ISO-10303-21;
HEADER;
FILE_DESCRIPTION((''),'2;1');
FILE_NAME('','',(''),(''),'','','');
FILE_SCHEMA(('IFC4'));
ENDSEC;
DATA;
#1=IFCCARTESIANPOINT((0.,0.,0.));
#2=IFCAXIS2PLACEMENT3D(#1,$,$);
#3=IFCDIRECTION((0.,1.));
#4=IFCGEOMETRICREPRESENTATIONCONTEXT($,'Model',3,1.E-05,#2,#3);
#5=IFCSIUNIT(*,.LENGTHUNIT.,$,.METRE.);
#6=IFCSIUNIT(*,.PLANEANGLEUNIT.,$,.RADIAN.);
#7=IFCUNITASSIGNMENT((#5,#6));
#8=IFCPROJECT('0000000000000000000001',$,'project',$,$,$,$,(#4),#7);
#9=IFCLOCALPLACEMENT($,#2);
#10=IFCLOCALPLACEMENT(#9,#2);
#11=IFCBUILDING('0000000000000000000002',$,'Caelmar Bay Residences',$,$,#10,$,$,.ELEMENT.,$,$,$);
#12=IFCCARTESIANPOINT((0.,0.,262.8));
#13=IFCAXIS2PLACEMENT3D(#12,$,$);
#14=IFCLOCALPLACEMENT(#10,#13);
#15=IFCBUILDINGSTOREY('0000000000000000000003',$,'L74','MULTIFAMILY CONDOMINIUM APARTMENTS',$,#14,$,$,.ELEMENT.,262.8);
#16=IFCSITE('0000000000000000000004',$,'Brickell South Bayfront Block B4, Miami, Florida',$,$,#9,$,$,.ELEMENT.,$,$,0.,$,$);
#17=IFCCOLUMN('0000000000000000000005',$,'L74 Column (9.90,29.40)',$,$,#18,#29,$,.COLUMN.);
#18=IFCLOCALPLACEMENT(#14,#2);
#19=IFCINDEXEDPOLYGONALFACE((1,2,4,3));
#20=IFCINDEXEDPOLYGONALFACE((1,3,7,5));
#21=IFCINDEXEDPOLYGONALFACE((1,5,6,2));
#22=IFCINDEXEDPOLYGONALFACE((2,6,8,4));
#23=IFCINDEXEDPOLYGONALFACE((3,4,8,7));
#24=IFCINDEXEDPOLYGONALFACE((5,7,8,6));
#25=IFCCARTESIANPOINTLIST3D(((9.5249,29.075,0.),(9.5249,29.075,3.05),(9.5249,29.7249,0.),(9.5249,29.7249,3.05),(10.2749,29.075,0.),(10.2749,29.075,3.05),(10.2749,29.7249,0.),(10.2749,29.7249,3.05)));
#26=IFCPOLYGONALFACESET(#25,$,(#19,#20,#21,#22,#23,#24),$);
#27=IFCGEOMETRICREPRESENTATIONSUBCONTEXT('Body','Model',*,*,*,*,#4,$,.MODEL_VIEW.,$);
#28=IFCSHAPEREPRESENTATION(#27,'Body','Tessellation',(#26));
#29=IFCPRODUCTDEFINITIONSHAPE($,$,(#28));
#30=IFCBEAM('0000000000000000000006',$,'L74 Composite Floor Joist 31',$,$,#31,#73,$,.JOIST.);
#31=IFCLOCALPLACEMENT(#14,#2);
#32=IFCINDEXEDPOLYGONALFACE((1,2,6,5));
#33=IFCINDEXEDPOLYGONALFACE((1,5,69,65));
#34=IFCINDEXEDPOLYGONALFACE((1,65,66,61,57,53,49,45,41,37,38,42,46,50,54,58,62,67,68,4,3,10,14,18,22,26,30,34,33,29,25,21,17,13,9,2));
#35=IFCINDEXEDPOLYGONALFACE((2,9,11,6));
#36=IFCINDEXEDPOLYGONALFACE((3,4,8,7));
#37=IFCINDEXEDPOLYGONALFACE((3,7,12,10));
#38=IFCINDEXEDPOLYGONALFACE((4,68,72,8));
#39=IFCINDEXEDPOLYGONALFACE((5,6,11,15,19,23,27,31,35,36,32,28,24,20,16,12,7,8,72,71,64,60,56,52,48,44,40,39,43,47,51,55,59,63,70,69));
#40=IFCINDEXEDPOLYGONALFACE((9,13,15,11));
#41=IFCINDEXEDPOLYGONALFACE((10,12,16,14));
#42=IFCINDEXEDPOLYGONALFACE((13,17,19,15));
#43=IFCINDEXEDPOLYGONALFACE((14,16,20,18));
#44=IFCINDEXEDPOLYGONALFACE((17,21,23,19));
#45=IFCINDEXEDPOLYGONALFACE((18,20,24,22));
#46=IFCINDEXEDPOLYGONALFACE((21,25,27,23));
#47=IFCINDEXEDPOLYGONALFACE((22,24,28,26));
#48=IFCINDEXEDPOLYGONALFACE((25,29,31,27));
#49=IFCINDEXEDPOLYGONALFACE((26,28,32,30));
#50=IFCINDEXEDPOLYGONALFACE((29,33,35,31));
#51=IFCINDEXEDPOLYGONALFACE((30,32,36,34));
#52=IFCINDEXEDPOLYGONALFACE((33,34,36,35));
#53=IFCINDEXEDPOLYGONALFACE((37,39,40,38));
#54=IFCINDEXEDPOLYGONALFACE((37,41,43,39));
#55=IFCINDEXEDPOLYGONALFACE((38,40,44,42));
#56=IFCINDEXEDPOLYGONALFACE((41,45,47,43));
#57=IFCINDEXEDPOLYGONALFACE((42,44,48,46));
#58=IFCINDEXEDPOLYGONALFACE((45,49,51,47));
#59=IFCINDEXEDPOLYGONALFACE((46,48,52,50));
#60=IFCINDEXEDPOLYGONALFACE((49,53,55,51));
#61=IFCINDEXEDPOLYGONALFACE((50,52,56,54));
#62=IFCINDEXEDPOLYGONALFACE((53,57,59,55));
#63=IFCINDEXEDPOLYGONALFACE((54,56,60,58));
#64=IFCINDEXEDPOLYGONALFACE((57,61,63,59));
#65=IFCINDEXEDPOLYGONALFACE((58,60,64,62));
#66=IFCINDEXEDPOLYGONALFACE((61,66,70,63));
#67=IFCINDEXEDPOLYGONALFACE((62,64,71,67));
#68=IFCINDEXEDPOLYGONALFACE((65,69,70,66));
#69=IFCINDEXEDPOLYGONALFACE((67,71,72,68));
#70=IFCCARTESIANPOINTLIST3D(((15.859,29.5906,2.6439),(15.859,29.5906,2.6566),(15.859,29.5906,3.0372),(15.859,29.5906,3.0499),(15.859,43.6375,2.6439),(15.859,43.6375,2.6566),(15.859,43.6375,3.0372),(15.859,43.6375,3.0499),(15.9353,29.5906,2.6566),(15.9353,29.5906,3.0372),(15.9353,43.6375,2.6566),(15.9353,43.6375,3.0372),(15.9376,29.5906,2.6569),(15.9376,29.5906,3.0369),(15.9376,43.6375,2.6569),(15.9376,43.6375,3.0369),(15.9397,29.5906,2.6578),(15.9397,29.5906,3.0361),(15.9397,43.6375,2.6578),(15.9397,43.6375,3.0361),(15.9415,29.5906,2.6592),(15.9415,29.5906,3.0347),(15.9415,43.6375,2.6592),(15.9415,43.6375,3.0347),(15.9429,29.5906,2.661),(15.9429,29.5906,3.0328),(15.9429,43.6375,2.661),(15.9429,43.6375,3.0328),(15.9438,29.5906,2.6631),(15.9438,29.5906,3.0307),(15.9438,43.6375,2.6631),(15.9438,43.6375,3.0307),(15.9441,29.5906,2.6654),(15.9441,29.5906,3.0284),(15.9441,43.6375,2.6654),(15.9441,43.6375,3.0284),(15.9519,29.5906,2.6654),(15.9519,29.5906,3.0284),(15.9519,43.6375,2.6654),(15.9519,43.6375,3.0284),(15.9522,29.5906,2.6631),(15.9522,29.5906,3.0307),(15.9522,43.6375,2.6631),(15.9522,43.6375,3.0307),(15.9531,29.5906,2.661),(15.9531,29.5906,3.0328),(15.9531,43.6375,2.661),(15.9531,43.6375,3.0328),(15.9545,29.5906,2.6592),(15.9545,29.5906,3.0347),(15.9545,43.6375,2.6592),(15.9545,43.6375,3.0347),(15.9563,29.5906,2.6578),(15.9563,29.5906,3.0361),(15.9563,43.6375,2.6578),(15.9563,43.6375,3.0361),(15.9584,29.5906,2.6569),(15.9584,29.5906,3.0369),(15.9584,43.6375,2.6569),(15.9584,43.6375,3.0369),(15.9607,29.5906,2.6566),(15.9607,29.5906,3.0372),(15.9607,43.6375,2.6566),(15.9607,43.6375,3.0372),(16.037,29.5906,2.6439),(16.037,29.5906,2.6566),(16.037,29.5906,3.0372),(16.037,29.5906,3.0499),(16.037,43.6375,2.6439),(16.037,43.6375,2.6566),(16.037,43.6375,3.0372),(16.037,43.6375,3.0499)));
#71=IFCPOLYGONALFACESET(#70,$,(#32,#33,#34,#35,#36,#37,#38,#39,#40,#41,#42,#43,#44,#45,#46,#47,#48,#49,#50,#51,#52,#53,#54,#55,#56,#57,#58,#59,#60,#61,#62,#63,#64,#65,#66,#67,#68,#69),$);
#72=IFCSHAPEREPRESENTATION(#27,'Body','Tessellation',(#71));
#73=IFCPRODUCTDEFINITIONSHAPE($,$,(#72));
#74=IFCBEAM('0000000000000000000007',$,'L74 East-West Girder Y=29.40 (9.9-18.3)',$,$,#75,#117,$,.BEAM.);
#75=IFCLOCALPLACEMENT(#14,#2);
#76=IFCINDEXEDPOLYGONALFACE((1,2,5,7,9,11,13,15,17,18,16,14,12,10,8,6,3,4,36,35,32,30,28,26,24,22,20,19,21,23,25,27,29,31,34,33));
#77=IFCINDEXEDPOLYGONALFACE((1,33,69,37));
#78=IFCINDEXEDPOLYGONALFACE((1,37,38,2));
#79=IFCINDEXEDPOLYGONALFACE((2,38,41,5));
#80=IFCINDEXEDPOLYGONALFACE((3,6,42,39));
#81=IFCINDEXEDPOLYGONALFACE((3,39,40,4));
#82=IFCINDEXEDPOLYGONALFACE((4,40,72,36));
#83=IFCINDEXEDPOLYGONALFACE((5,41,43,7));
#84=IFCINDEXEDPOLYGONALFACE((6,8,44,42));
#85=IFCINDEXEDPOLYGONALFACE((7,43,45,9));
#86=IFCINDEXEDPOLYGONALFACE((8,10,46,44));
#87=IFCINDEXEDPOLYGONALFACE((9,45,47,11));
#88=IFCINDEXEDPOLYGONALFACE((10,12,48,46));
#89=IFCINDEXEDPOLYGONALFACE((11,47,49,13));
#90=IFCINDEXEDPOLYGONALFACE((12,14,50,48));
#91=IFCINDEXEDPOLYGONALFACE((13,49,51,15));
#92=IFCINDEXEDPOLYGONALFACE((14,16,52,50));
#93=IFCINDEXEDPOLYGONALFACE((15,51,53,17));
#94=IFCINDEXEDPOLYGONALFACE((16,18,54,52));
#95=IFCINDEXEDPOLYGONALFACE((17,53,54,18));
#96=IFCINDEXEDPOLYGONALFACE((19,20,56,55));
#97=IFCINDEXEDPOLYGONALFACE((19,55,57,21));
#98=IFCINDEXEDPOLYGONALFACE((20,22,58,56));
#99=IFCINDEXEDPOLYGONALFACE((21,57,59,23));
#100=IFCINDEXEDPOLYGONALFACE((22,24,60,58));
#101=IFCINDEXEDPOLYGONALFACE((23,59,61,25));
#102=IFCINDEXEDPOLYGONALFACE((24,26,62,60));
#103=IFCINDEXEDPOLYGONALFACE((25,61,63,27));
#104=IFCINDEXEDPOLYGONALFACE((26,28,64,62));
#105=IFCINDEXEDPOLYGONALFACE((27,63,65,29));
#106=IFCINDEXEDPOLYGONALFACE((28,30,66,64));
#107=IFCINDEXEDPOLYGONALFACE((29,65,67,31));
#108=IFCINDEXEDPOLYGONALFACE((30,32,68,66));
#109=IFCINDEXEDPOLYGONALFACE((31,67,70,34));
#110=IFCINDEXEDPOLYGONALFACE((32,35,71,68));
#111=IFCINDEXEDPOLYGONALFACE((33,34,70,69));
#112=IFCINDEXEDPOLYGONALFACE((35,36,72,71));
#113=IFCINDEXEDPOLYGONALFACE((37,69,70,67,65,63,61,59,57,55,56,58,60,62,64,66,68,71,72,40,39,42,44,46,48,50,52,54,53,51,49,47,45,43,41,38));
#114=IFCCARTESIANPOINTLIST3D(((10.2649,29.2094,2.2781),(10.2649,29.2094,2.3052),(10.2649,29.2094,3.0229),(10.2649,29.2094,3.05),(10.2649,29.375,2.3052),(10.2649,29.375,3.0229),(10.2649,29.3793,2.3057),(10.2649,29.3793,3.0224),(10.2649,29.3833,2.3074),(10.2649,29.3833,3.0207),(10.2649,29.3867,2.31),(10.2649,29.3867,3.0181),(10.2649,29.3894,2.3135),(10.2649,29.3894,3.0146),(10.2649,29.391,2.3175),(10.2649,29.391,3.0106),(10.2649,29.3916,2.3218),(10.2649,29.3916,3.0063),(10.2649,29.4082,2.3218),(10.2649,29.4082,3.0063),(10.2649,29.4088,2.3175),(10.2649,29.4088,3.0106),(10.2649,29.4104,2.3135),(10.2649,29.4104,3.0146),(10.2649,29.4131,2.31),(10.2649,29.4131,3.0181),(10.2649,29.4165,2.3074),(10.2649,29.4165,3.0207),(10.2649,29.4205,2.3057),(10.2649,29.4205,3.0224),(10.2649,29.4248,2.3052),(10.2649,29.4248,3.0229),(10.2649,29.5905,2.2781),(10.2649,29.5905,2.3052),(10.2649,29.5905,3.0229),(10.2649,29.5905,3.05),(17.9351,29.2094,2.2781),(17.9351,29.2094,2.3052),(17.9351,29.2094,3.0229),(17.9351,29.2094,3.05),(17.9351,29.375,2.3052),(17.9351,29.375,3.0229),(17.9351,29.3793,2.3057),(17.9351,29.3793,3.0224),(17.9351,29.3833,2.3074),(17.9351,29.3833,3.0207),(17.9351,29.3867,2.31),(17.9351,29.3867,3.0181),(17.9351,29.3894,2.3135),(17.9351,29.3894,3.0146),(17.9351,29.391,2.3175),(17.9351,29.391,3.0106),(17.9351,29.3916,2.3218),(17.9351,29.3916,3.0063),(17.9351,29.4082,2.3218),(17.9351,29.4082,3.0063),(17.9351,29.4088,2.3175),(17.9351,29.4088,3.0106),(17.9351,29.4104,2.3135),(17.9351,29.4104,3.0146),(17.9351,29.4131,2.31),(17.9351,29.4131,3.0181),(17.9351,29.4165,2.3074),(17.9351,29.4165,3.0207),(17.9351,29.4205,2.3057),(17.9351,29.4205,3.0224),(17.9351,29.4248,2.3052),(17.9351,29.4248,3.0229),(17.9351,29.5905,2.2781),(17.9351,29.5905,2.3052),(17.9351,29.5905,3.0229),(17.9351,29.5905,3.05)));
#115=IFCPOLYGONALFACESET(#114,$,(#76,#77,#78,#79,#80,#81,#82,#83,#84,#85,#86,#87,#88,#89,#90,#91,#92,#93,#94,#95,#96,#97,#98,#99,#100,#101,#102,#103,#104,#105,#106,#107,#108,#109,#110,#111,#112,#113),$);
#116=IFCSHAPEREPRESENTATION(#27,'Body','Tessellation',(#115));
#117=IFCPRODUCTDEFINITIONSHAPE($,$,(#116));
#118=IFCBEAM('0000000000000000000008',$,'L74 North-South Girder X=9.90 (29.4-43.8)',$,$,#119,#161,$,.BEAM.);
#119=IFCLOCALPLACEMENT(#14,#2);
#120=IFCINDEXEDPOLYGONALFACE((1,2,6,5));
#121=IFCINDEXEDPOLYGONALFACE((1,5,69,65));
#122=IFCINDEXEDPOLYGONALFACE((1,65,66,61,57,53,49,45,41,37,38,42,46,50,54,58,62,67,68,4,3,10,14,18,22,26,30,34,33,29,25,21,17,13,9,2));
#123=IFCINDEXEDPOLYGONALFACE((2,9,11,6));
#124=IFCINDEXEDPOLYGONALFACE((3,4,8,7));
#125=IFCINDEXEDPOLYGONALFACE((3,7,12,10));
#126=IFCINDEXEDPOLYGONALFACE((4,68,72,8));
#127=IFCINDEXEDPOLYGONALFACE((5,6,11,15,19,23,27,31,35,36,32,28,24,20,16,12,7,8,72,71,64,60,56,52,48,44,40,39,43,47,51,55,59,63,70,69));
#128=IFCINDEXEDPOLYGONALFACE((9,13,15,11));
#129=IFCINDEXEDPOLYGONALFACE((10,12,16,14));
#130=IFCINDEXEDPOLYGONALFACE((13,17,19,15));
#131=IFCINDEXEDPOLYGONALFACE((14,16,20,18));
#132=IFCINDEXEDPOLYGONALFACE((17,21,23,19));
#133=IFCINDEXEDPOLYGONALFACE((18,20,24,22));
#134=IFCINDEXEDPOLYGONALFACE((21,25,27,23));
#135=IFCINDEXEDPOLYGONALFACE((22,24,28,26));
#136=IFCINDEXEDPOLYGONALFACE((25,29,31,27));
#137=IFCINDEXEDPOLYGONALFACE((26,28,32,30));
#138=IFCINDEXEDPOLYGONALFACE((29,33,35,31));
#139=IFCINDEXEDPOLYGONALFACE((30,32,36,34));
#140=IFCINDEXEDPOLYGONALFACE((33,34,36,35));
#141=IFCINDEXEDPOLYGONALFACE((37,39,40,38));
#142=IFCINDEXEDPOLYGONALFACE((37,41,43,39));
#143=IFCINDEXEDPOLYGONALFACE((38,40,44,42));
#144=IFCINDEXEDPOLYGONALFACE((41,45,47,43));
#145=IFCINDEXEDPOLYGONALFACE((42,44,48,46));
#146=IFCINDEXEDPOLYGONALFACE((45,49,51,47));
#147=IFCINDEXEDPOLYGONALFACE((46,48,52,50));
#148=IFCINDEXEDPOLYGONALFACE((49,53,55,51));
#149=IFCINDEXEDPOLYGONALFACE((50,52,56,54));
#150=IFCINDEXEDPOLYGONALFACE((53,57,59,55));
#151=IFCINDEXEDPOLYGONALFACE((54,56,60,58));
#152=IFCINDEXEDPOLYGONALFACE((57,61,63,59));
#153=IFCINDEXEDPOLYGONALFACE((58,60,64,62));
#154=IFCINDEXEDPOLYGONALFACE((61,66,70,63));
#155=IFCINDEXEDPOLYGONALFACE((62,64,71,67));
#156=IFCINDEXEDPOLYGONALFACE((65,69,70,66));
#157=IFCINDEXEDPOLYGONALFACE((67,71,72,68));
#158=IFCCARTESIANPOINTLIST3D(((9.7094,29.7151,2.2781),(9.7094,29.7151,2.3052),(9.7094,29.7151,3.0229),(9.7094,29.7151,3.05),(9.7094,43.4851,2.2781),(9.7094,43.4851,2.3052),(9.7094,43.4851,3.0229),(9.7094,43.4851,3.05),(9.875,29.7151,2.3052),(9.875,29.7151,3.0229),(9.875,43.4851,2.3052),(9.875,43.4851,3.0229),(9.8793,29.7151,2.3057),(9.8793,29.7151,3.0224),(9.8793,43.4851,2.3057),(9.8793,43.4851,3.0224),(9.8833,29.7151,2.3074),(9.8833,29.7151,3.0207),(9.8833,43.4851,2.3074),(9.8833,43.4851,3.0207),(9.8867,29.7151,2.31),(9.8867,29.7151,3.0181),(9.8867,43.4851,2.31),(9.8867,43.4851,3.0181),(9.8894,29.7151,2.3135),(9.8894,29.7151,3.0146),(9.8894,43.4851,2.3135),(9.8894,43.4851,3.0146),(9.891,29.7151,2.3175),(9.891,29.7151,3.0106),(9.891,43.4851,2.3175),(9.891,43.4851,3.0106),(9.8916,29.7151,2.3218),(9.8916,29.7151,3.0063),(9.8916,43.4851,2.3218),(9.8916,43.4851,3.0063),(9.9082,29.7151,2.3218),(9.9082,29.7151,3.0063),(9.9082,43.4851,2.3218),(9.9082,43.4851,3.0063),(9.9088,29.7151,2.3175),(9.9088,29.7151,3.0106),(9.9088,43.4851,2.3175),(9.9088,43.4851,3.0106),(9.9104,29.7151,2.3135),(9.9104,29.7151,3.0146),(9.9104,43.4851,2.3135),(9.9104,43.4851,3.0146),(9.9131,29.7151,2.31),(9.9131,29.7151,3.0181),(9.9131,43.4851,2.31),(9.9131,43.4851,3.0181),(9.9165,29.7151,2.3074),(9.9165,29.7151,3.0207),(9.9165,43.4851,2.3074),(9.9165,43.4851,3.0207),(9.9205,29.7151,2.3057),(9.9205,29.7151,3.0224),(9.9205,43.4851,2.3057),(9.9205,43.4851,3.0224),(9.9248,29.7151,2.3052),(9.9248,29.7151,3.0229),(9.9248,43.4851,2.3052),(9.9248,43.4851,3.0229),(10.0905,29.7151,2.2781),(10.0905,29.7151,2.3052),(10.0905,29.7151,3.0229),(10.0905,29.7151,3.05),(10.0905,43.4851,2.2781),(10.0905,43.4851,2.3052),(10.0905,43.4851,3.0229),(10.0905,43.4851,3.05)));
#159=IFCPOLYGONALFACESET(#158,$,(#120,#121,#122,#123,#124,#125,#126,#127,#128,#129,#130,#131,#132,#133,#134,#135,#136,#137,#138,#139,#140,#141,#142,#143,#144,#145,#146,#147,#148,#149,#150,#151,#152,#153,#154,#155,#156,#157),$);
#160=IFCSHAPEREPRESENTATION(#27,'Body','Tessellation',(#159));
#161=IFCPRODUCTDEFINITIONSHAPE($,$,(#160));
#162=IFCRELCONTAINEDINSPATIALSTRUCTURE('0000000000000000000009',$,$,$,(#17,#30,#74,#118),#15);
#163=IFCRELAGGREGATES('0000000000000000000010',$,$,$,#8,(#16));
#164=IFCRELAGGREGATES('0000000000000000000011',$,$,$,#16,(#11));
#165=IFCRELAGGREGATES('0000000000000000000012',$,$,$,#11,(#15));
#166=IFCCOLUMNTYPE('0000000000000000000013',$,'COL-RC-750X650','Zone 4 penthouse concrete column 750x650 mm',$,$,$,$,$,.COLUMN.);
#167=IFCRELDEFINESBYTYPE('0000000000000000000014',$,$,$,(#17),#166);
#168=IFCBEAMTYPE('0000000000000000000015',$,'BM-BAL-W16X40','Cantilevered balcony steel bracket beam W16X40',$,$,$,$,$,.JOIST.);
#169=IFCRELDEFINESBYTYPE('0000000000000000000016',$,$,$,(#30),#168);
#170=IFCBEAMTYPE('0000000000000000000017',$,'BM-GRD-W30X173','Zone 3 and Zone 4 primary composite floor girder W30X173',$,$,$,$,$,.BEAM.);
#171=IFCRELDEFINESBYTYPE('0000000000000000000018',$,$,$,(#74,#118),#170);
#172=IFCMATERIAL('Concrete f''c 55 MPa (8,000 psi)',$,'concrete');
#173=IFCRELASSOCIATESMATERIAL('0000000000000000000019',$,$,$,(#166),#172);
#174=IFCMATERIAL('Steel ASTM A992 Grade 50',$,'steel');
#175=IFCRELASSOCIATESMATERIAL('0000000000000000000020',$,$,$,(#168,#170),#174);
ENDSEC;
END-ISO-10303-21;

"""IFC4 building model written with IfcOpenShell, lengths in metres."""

from ifc_helpers import new_model, si_unit, direction, frame, origin, origin_2d, place, context, subcontext, project, spatial, rectangle, i_section, extrude, material, material_profile, profile_set, type_object, element, save


model = new_model("IFC4")

# Units and contexts
model_context = context("Model", 3, precision=1e-05, world=origin(), true_north=direction((0.0, 1.0)))
body_context = subcontext(model_context, "Body", "Model", "MODEL_VIEW")
ifc_project = project(units=[si_unit("LENGTHUNIT", "METRE"), si_unit("PLANEANGLEUNIT", "RADIAN")], contexts=[model_context])

# Site, building, storey
site_placement = place(None, origin())
site = spatial("IfcSite", under=ifc_project, at=site_placement, Name="Brickell South Bayfront Block B4, Miami, Florida", CompositionType="ELEMENT", RefElevation=0.0)
building_placement = place(site_placement, origin())
building = spatial("IfcBuilding", under=site, at=building_placement, Name="Caelmar Bay Residences", CompositionType="ELEMENT")
storey_placement = place(building_placement, frame((0.0, 0.0, 262.8)))
storey = spatial("IfcBuildingStorey", under=building, at=storey_placement, Name="L74", Description="MULTIFAMILY CONDOMINIUM APARTMENTS", CompositionType="ELEMENT", Elevation=262.8)

# Column
ifc_material_1 = material(Name="Concrete f'c 55 MPa (8,000 psi)", Category="concrete")
ifc_material_profile_1 = material_profile(ifc_material_1, rectangle(XDim=0.75, YDim=0.6499, at=origin_2d()), Name="RC-COL-750X650")
ifc_profile_set_1 = profile_set([ifc_material_profile_1], Name="Concrete f'c 55 MPa (8,000 psi)")
column_type = type_object("IfcColumnType", Name="COL-RC-750X650", Description="Zone 4 penthouse concrete column 750x650 mm", PredefinedType="COLUMN", material=ifc_profile_set_1)
column_placement = place(storey_placement, frame((9.8999, 29.3999, 0.0), z_axis=(0.0, 0.0, 1.0), x_axis=(1.0, 0.0, 0.0)))
element("IfcColumn", 1, at=column_placement, inside=storey, type_object=column_type, Name="L74 Column (9.90,29.40)", PredefinedType="COLUMN", context=body_context, shape_type="SweptSolid", body=[
    extrude(rectangle(XDim=0.75, YDim=0.6499, at=origin_2d()), origin(), (0.0, 0.0, 1.0), 3.05),
])

# Beams
ifc_material_2 = material(Name="Steel ASTM A992 Grade 50", Category="steel")
ifc_material_profile_2 = material_profile(ifc_material_2, i_section(OverallWidth=0.178, OverallDepth=0.406, WebThickness=0.0078, FlangeThickness=0.0127, FilletRadius=0.0088, at=origin_2d()), Name="W16X40")
ifc_profile_set_2 = profile_set([ifc_material_profile_2], Name="Steel ASTM A992 Grade 50")
beam_type_1 = type_object("IfcBeamType", Name="BM-BAL-W16X40", Description="Cantilevered balcony steel bracket beam W16X40", PredefinedType="JOIST", material=ifc_profile_set_2)
beam_1_placement = place(storey_placement, frame((15.948, 29.5906, 2.8469), z_axis=(0.0, 1.0, 0.0), x_axis=(-1.0, 0.0, 0.0)))
element("IfcBeam", 2, at=beam_1_placement, inside=storey, type_object=beam_type_1, Name="L74 Composite Floor Joist 31", PredefinedType="JOIST", context=body_context, shape_type="SweptSolid", body=[
    extrude(i_section(OverallWidth=0.178, OverallDepth=0.406, WebThickness=0.0078, FlangeThickness=0.0127, FilletRadius=0.0088, at=origin_2d()), origin(), (0.0, 0.0, 1.0), 14.0469),
])
ifc_material_profile_3 = material_profile(ifc_material_2, i_section(OverallWidth=0.3811, OverallDepth=0.772, WebThickness=0.0166, FlangeThickness=0.0271, FilletRadius=0.0166, at=origin_2d()), Name="W30X173")
ifc_profile_set_3 = profile_set([ifc_material_profile_3], Name="Steel ASTM A992 Grade 50")
beam_type_2 = type_object("IfcBeamType", Name="BM-GRD-W30X173", Description="Zone 3 and Zone 4 primary composite floor girder W30X173", PredefinedType="BEAM", material=ifc_profile_set_3)
beam_2_placement = place(storey_placement, frame((10.2649, 29.3999, 2.6641), z_axis=(1.0, 0.0, 0.0), x_axis=(0.0, 1.0, 0.0)))
element("IfcBeam", 3, at=beam_2_placement, inside=storey, type_object=beam_type_2, Name="L74 East-West Girder Y=29.40 (9.9-18.3)", PredefinedType="BEAM", context=body_context, shape_type="SweptSolid", body=[
    extrude(i_section(OverallWidth=0.3811, OverallDepth=0.772, WebThickness=0.0166, FlangeThickness=0.0271, FilletRadius=0.0166, at=origin_2d()), origin(), (0.0, 0.0, 1.0), 7.6702),
])
beam_3_placement = place(storey_placement, frame((9.8999, 29.7151, 2.6641), z_axis=(0.0, 1.0, 0.0), x_axis=(-1.0, 0.0, 0.0)))
element("IfcBeam", 4, at=beam_3_placement, inside=storey, type_object=beam_type_2, Name="L74 North-South Girder X=9.90 (29.4-43.8)", PredefinedType="BEAM", context=body_context, shape_type="SweptSolid", body=[
    extrude(i_section(OverallWidth=0.3811, OverallDepth=0.772, WebThickness=0.0166, FlangeThickness=0.0271, FilletRadius=0.0166, at=origin_2d()), origin(), (0.0, 0.0, 1.0), 13.77),
])

save(model, "model.ifc")
